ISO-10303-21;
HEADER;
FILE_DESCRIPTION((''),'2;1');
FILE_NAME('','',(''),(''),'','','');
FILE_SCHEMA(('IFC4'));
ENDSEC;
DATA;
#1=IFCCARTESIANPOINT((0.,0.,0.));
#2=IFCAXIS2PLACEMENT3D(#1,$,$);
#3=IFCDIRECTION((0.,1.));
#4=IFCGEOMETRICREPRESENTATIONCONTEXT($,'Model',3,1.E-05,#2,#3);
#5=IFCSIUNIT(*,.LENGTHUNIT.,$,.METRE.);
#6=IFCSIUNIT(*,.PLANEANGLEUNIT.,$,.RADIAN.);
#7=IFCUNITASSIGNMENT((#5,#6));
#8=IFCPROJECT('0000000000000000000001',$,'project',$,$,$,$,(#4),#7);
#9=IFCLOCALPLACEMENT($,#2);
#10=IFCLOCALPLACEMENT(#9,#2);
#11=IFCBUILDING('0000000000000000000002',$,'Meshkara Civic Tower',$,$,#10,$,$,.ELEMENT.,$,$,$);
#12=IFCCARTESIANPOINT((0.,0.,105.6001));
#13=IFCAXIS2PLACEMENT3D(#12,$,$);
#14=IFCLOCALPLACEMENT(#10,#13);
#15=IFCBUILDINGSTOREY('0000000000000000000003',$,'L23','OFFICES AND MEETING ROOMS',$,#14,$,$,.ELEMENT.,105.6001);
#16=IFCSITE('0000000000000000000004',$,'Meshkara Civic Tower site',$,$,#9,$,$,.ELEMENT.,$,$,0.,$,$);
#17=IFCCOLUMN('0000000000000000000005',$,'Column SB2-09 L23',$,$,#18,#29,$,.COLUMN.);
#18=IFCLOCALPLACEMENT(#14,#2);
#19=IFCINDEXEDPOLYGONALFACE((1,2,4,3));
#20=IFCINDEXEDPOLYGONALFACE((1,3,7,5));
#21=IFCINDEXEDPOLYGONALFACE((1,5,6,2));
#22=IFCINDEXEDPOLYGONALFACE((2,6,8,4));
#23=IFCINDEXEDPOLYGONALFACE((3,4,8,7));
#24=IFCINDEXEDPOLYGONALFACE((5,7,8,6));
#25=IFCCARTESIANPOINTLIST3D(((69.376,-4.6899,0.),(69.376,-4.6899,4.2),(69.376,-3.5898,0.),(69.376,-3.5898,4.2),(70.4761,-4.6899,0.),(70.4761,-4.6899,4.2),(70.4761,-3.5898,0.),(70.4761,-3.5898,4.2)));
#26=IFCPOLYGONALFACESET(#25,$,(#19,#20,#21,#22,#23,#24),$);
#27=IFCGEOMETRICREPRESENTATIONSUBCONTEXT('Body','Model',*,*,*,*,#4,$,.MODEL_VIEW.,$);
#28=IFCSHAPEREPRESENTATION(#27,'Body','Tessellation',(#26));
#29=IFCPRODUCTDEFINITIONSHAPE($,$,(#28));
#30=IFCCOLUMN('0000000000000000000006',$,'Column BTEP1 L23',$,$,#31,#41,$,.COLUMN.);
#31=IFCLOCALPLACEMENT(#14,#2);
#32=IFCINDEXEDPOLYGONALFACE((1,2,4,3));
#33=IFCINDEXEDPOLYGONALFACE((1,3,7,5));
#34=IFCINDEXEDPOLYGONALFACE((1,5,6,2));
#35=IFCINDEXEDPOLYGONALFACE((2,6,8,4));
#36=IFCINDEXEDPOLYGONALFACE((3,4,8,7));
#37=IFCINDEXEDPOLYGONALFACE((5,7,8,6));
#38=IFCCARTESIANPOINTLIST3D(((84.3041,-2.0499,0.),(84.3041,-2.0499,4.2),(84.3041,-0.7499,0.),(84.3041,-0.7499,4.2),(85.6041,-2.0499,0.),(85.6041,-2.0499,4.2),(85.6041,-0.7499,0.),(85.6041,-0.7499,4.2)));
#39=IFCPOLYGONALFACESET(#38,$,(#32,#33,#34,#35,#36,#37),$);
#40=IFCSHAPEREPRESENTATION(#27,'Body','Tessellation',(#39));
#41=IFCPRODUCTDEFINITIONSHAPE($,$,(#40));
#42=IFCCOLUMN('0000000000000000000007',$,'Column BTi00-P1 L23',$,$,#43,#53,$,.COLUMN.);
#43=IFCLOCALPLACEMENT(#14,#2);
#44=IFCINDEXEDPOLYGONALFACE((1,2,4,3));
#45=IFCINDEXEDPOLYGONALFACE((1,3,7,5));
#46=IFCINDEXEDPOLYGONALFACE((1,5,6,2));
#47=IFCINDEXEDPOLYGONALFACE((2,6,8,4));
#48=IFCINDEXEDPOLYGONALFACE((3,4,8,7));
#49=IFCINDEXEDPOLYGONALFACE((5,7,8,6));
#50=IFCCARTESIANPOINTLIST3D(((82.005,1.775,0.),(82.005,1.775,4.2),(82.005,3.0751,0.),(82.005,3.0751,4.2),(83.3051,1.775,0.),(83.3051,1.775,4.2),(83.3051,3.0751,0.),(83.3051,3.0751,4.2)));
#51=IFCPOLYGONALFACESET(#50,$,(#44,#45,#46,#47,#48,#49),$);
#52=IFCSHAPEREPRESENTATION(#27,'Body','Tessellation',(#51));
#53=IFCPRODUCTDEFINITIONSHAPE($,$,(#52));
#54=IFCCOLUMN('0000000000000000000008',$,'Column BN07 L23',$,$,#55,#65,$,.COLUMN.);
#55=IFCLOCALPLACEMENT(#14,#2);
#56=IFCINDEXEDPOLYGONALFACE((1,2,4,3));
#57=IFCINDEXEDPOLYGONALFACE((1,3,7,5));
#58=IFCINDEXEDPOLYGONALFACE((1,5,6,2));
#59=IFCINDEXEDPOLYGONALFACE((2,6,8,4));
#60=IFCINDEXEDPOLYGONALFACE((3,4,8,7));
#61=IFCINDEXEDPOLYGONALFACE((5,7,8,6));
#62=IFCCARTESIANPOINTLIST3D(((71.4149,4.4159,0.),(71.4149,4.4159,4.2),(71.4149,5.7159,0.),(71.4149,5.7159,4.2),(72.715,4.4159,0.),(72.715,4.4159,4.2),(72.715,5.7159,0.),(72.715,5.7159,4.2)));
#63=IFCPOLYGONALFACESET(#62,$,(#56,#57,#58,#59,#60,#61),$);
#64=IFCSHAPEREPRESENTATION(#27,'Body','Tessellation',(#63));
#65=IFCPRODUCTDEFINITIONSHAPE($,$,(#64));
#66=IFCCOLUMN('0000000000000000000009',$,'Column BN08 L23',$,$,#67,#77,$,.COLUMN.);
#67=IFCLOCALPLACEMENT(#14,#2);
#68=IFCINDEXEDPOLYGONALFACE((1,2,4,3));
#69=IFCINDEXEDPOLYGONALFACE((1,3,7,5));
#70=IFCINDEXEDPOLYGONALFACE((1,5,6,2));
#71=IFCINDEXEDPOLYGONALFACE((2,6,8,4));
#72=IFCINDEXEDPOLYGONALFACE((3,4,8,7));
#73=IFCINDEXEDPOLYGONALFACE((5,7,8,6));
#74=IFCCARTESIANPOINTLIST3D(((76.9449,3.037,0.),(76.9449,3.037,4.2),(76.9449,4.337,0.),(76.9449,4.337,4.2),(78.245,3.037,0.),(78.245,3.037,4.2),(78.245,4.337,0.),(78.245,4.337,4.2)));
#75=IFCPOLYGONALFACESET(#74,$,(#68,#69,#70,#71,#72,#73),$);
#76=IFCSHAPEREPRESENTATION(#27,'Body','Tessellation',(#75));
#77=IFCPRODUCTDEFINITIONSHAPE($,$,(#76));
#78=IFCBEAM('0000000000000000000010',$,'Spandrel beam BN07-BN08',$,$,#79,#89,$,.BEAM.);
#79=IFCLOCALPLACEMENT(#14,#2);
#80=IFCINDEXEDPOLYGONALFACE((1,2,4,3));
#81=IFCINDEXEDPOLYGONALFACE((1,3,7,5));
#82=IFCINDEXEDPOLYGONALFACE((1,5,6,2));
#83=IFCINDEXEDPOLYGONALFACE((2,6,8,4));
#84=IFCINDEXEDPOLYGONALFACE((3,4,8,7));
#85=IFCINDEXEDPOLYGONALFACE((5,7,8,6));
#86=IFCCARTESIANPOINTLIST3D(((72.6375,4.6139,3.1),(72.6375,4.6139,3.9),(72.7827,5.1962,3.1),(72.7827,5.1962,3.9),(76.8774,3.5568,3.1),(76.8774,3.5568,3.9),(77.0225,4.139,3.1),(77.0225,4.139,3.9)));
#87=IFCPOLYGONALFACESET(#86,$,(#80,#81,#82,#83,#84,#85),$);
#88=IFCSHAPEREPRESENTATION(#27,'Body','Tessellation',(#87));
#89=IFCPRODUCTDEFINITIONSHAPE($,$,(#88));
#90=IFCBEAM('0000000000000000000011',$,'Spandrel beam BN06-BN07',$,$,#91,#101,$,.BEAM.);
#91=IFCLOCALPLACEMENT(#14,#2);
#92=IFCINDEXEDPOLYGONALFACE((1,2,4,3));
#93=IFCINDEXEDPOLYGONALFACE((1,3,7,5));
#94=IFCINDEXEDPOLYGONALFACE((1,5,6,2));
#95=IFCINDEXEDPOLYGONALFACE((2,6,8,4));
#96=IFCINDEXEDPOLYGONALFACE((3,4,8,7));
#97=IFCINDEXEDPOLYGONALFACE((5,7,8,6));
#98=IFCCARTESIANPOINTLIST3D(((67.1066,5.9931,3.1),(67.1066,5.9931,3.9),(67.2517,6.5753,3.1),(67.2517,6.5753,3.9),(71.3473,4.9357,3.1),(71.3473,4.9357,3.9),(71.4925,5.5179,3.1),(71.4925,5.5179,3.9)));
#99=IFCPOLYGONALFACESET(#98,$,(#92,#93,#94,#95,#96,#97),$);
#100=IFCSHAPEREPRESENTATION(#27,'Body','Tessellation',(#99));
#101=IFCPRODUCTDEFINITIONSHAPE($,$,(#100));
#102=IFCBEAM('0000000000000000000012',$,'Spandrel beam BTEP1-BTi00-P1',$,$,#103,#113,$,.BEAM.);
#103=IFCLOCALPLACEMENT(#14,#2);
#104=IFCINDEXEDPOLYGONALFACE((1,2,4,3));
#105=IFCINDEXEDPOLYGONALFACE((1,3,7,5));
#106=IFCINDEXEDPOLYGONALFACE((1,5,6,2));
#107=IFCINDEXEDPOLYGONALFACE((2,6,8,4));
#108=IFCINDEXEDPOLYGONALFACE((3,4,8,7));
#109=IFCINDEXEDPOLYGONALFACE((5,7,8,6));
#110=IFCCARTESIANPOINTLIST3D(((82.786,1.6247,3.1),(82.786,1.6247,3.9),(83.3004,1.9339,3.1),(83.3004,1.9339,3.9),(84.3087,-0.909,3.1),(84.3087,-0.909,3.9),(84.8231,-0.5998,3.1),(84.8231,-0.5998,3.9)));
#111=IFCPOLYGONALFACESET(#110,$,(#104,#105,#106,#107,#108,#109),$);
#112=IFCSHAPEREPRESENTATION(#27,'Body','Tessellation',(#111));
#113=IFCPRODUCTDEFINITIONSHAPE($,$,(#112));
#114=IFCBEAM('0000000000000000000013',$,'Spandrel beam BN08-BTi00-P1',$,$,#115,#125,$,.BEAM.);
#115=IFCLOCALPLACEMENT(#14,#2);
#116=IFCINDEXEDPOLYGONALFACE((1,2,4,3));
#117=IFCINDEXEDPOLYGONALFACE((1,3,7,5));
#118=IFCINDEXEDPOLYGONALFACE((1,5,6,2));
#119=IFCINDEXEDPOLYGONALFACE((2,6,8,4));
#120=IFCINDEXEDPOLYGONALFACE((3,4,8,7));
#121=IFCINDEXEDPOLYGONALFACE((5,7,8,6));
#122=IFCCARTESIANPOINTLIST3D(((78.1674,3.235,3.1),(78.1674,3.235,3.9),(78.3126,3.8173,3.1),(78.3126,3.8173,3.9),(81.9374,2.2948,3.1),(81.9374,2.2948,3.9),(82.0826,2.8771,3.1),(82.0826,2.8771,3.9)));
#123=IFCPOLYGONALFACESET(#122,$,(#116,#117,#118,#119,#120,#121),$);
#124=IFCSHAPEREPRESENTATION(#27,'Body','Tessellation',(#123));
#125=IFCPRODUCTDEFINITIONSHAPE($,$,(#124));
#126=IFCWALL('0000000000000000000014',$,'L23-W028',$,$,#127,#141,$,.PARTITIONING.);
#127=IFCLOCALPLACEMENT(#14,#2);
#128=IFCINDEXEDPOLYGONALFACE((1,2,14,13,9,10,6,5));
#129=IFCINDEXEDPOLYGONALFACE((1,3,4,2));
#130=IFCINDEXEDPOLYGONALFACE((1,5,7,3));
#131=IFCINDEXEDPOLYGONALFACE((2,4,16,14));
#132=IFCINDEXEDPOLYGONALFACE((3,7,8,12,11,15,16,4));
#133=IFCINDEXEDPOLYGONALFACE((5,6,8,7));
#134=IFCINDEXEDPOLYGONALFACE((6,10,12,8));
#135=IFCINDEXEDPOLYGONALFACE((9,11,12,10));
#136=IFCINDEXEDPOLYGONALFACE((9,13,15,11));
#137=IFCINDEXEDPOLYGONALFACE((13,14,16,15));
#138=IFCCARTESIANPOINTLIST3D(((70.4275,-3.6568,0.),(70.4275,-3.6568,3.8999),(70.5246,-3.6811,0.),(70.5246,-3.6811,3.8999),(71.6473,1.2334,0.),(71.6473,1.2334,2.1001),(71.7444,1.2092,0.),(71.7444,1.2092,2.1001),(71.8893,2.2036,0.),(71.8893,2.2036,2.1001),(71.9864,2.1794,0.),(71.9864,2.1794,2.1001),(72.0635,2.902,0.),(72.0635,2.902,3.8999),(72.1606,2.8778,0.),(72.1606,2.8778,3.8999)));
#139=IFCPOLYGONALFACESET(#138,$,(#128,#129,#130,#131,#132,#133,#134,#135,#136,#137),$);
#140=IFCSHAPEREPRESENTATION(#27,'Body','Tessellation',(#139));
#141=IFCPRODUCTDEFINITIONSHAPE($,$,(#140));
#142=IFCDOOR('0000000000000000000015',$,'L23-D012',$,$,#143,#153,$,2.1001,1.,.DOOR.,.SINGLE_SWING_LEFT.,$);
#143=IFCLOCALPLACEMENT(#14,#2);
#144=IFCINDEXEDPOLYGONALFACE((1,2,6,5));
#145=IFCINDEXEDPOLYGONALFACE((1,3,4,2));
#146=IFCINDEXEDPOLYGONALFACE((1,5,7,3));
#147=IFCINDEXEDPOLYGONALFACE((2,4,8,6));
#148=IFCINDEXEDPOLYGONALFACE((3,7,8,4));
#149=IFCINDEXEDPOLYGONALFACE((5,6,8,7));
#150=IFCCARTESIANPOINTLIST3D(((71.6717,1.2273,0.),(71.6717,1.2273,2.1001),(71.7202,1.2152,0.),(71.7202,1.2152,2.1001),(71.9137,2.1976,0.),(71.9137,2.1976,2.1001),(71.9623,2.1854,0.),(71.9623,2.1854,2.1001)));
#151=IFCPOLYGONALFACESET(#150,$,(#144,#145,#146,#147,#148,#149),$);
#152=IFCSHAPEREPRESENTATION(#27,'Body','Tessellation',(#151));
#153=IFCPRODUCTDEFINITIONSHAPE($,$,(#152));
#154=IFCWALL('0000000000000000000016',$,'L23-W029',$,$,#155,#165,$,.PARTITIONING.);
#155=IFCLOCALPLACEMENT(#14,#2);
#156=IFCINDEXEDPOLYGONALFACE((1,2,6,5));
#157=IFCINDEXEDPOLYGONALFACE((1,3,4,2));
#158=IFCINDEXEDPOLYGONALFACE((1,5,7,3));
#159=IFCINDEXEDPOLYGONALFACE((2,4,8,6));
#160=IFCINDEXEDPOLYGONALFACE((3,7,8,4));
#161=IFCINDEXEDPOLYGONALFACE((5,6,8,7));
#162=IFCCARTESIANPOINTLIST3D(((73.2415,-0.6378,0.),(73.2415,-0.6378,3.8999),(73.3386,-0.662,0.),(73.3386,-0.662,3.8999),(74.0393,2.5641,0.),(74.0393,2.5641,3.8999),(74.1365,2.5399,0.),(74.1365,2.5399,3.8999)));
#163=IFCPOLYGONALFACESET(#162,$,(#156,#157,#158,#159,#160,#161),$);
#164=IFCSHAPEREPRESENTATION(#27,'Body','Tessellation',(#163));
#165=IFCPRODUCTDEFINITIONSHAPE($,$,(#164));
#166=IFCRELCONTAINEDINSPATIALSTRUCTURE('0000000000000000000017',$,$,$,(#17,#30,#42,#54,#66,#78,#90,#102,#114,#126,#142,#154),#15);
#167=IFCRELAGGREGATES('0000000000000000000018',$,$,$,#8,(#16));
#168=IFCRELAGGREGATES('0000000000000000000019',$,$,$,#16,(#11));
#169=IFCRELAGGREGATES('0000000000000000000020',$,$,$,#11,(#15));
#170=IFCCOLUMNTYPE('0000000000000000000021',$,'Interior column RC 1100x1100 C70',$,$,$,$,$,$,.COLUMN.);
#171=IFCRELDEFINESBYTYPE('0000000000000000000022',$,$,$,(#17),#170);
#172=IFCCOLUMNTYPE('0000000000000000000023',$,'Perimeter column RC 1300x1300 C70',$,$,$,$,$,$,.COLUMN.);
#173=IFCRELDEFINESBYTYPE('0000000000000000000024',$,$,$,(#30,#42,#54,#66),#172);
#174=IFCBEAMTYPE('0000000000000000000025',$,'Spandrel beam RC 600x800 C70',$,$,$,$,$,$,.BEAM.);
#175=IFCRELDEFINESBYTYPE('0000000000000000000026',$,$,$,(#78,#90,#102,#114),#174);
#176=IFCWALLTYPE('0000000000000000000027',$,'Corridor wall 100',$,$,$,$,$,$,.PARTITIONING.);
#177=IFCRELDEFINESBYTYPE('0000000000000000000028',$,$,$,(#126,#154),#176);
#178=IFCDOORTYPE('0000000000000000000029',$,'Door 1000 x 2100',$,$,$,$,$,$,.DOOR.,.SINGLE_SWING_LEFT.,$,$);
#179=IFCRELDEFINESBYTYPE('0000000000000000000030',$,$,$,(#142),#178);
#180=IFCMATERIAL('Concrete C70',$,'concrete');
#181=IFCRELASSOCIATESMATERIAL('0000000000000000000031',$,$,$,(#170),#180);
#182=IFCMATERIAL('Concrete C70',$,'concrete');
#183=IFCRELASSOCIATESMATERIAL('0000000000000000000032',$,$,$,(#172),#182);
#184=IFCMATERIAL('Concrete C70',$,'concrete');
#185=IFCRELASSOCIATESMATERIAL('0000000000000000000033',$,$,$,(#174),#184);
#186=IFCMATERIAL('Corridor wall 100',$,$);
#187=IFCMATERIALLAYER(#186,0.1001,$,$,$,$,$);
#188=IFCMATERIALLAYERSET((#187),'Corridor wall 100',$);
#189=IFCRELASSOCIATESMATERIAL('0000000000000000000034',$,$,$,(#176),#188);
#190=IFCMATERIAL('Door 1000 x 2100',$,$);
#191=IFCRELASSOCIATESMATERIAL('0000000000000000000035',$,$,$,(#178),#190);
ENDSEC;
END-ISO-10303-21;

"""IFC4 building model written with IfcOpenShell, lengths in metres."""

from ifc_helpers import new_model, si_unit, direction, frame, frame_2d, origin, origin_2d, place, context, subcontext, project, spatial, rectangle, extrude, material, layer, layer_set, material_profile, profile_set, type_object, element, fill, save


model = new_model("IFC4")

# Units and contexts
model_context = context("Model", 3, precision=1e-05, world=origin(), true_north=direction((0.0, 1.0)))
body_context = subcontext(model_context, "Body", "Model", "MODEL_VIEW")
ifc_project = project(units=[si_unit("LENGTHUNIT", "METRE"), si_unit("PLANEANGLEUNIT", "RADIAN")], contexts=[model_context])

# Site, building, storey
site_placement = place(None, origin())
site = spatial("IfcSite", under=ifc_project, at=site_placement, Name="Meshkara Civic Tower site", CompositionType="ELEMENT", RefElevation=0.0)
building_placement = place(site_placement, origin())
building = spatial("IfcBuilding", under=site, at=building_placement, Name="Meshkara Civic Tower", CompositionType="ELEMENT")
storey_placement = place(building_placement, frame((0.0, 0.0, 105.6001)))
storey = spatial("IfcBuildingStorey", under=building, at=storey_placement, Name="L23", Description="OFFICES AND MEETING ROOMS", CompositionType="ELEMENT", Elevation=105.6001)

# Columns
ifc_material_1 = material(Name="Concrete C70", Category="concrete")
ifc_material_profile_1 = material_profile(ifc_material_1, rectangle(XDim=1.1001, YDim=1.1001, at=origin_2d()))
ifc_profile_set_1 = profile_set([ifc_material_profile_1], Name="Concrete C70")
column_type_1 = type_object("IfcColumnType", Name="Interior column RC 1100x1100 C70", PredefinedType="COLUMN", material=ifc_profile_set_1)
column_placement = place(storey_placement, frame((69.926, -4.1399, 0.0), z_axis=(0.0, 0.0, 1.0), x_axis=(1.0, 0.0, 0.0)))
element("IfcColumn", 1, at=column_placement, inside=storey, type_object=column_type_1, Name="Column SB2-09 L23", PredefinedType="COLUMN", context=body_context, shape_type="SweptSolid", body=[
    extrude(rectangle(XDim=1.1001, YDim=1.1001, at=origin_2d()), origin(), (0.0, 0.0, 1.0), 4.2),
])
ifc_material_2 = material(Name="Concrete C70", Category="concrete")
ifc_material_profile_2 = material_profile(ifc_material_2, rectangle(XDim=1.3, YDim=1.3, at=origin_2d()))
ifc_profile_set_2 = profile_set([ifc_material_profile_2], Name="Concrete C70")
column_type_2 = type_object("IfcColumnType", Name="Perimeter column RC 1300x1300 C70", PredefinedType="COLUMN", material=ifc_profile_set_2)
for number, where, z_axis, x_axis, name in (
    (2, (84.9541, -1.3999, 0.0), (0.0, 0.0, 1.0), (1.0, 0.0, 0.0), "Column BTEP1 L23"),
    (3, (82.655, 2.425, 0.0), (0.0, 0.0, 1.0), (1.0, 0.0, 0.0), "Column BTi00-P1 L23"),
    (4, (72.0649, 5.0659, 0.0), (0.0, 0.0, 1.0), (1.0, 0.0, 0.0), "Column BN07 L23"),
    (5, (77.595, 3.687, 0.0), (0.0, 0.0, 1.0), (1.0, 0.0, 0.0), "Column BN08 L23"),
):
    element("IfcColumn", number, at=place(storey_placement, frame(where, z_axis=z_axis, x_axis=x_axis)), inside=storey, type_object=column_type_2, Name=name, PredefinedType="COLUMN", context=body_context, shape_type="SweptSolid", body=[
        extrude(rectangle(XDim=1.3, YDim=1.3, at=origin_2d()), origin(), (0.0, 0.0, 1.0), 4.2),
    ])

# Beams
ifc_material_3 = material(Name="Concrete C70", Category="concrete")
ifc_material_profile_3 = material_profile(ifc_material_3, rectangle(XDim=0.6001, YDim=0.8, at=origin_2d()))
ifc_profile_set_3 = profile_set([ifc_material_profile_3], Name="Concrete C70")
beam_type = type_object("IfcBeamType", Name="Spandrel beam RC 600x800 C70", PredefinedType="BEAM", material=ifc_profile_set_3)
beam_1_placement = place(storey_placement, frame((76.95, 3.8479, 3.5), z_axis=(-0.970293, 0.241931, 0.0), x_axis=(-0.241931, -0.970293, 0.0)))
element("IfcBeam", 6, at=beam_1_placement, inside=storey, type_object=beam_type, Name="Spandrel beam BN07-BN08", PredefinedType="BEAM", context=body_context, shape_type="SweptSolid", body=[
    extrude(rectangle(XDim=0.6001, YDim=0.8, at=origin_2d()), origin(), (0.0, 0.0, 1.0), 4.3696),
])
beam_2_placement = place(storey_placement, frame((71.4199, 5.2268, 3.5), z_axis=(-0.970293, 0.241931, 0.0), x_axis=(-0.241931, -0.970293, 0.0)))
element("IfcBeam", 7, at=beam_2_placement, inside=storey, type_object=beam_type, Name="Spandrel beam BN06-BN07", PredefinedType="BEAM", context=body_context, shape_type="SweptSolid", body=[
    extrude(rectangle(XDim=0.6001, YDim=0.8, at=origin_2d()), origin(), (0.0, 0.0, 1.0), 4.3706),
])
beam_3_placement = place(storey_placement, frame((84.5659, -0.7544, 3.5), z_axis=(-0.515115, 0.857121, 0.0), x_axis=(-0.857121, -0.515115, 0.0)))
element("IfcBeam", 8, at=beam_3_placement, inside=storey, type_object=beam_type, Name="Spandrel beam BTEP1-BTi00-P1", PredefinedType="BEAM", context=body_context, shape_type="SweptSolid", body=[
    extrude(rectangle(XDim=0.6001, YDim=0.8, at=origin_2d()), origin(), (0.0, 0.0, 1.0), 2.9561),
])
beam_4_placement = place(storey_placement, frame((82.01, 2.5859, 3.5), z_axis=(-0.970283, 0.241974, 0.0), x_axis=(-0.241974, -0.970283, 0.0)))
element("IfcBeam", 9, at=beam_4_placement, inside=storey, type_object=beam_type, Name="Spandrel beam BN08-BTi00-P1", PredefinedType="BEAM", context=body_context, shape_type="SweptSolid", body=[
    extrude(rectangle(XDim=0.6001, YDim=0.8, at=origin_2d()), origin(), (0.0, 0.0, 1.0), 3.8855),
])

# Wall, opening, door
ifc_material_4 = material(Name="Corridor wall 100")
ifc_layer_1 = layer(ifc_material_4, 0.1001)
ifc_layer_set_1 = layer_set([ifc_layer_1], Name="Corridor wall 100")
wall_type_1 = type_object("IfcWallType", Name="Corridor wall 100", PredefinedType="PARTITIONING", material=ifc_layer_set_1)
wall_1_placement = place(storey_placement, frame((70.4761, -3.6689, 0.0), z_axis=(0.0, 0.0, 1.0), x_axis=(0.242017, 0.970272, 0.0)))
wall_1 = element("IfcWall", 10, at=wall_1_placement, inside=storey, type_object=wall_type_1, Name="L23-W028", PredefinedType="PARTITIONING", context=body_context, shape_type="SweptSolid", body=[
    extrude(rectangle(XDim=6.7598, YDim=0.1001, at=frame_2d((3.3799, 0.0))), origin(), (0.0, 0.0, 1.0), 3.8999),
])
opening_1_placement = place(wall_1_placement, frame((5.04, 0.0, 0.0)))
opening_1 = element("IfcOpeningElement", 11, at=opening_1_placement, cuts=wall_1, PredefinedType="OPENING", context=body_context, shape_type="SweptSolid", body=[
    extrude(rectangle(XDim=1.0, YDim=2.1001, at=frame_2d((0.5, 1.05))), frame((0.0, 0.0601, 0.0), z_axis=(0.0, -1.0, 0.0), x_axis=(1.0, 0.0, 0.0)), (0.0, 0.0, 1.0), 0.1201),
])
ifc_material_5 = material(Name="Door 1000 x 2100")
door_type = type_object("IfcDoorType", Name="Door 1000 x 2100", OperationType="SINGLE_SWING_LEFT", PredefinedType="DOOR", material=ifc_material_5)
door_1_placement = place(opening_1_placement, origin())
door_1 = element("IfcDoor", 12, at=door_1_placement, inside=storey, type_object=door_type, Name="L23-D012", OperationType="SINGLE_SWING_LEFT", OverallHeight=2.1001, OverallWidth=1.0, PredefinedType="DOOR", context=body_context, shape_type="SweptSolid", body=[
    extrude(rectangle(XDim=1.0, YDim=2.1001, at=frame_2d((0.5, 1.05))), frame((0.0, 0.0249, 0.0), z_axis=(0.0, -1.0, 0.0), x_axis=(1.0, 0.0, 0.0)), (0.0, 0.0, 1.0), 0.05),
])
fill(opening_1, door_1)

# Wall
wall_2_placement = place(storey_placement, frame((73.29, -0.6499, 0.0), z_axis=(0.0, 0.0, 1.0), x_axis=(0.241787, 0.970329, 0.0)))
element("IfcWall", 13, at=wall_2_placement, inside=storey, type_object=wall_type_1, Name="L23-W029", PredefinedType="PARTITIONING", context=body_context, shape_type="SweptSolid", body=[
    extrude(rectangle(XDim=3.2998, YDim=0.1001, at=frame_2d((1.6499, 0.0))), origin(), (0.0, 0.0, 1.0), 3.8999),
])

save(model, "model.ifc")
